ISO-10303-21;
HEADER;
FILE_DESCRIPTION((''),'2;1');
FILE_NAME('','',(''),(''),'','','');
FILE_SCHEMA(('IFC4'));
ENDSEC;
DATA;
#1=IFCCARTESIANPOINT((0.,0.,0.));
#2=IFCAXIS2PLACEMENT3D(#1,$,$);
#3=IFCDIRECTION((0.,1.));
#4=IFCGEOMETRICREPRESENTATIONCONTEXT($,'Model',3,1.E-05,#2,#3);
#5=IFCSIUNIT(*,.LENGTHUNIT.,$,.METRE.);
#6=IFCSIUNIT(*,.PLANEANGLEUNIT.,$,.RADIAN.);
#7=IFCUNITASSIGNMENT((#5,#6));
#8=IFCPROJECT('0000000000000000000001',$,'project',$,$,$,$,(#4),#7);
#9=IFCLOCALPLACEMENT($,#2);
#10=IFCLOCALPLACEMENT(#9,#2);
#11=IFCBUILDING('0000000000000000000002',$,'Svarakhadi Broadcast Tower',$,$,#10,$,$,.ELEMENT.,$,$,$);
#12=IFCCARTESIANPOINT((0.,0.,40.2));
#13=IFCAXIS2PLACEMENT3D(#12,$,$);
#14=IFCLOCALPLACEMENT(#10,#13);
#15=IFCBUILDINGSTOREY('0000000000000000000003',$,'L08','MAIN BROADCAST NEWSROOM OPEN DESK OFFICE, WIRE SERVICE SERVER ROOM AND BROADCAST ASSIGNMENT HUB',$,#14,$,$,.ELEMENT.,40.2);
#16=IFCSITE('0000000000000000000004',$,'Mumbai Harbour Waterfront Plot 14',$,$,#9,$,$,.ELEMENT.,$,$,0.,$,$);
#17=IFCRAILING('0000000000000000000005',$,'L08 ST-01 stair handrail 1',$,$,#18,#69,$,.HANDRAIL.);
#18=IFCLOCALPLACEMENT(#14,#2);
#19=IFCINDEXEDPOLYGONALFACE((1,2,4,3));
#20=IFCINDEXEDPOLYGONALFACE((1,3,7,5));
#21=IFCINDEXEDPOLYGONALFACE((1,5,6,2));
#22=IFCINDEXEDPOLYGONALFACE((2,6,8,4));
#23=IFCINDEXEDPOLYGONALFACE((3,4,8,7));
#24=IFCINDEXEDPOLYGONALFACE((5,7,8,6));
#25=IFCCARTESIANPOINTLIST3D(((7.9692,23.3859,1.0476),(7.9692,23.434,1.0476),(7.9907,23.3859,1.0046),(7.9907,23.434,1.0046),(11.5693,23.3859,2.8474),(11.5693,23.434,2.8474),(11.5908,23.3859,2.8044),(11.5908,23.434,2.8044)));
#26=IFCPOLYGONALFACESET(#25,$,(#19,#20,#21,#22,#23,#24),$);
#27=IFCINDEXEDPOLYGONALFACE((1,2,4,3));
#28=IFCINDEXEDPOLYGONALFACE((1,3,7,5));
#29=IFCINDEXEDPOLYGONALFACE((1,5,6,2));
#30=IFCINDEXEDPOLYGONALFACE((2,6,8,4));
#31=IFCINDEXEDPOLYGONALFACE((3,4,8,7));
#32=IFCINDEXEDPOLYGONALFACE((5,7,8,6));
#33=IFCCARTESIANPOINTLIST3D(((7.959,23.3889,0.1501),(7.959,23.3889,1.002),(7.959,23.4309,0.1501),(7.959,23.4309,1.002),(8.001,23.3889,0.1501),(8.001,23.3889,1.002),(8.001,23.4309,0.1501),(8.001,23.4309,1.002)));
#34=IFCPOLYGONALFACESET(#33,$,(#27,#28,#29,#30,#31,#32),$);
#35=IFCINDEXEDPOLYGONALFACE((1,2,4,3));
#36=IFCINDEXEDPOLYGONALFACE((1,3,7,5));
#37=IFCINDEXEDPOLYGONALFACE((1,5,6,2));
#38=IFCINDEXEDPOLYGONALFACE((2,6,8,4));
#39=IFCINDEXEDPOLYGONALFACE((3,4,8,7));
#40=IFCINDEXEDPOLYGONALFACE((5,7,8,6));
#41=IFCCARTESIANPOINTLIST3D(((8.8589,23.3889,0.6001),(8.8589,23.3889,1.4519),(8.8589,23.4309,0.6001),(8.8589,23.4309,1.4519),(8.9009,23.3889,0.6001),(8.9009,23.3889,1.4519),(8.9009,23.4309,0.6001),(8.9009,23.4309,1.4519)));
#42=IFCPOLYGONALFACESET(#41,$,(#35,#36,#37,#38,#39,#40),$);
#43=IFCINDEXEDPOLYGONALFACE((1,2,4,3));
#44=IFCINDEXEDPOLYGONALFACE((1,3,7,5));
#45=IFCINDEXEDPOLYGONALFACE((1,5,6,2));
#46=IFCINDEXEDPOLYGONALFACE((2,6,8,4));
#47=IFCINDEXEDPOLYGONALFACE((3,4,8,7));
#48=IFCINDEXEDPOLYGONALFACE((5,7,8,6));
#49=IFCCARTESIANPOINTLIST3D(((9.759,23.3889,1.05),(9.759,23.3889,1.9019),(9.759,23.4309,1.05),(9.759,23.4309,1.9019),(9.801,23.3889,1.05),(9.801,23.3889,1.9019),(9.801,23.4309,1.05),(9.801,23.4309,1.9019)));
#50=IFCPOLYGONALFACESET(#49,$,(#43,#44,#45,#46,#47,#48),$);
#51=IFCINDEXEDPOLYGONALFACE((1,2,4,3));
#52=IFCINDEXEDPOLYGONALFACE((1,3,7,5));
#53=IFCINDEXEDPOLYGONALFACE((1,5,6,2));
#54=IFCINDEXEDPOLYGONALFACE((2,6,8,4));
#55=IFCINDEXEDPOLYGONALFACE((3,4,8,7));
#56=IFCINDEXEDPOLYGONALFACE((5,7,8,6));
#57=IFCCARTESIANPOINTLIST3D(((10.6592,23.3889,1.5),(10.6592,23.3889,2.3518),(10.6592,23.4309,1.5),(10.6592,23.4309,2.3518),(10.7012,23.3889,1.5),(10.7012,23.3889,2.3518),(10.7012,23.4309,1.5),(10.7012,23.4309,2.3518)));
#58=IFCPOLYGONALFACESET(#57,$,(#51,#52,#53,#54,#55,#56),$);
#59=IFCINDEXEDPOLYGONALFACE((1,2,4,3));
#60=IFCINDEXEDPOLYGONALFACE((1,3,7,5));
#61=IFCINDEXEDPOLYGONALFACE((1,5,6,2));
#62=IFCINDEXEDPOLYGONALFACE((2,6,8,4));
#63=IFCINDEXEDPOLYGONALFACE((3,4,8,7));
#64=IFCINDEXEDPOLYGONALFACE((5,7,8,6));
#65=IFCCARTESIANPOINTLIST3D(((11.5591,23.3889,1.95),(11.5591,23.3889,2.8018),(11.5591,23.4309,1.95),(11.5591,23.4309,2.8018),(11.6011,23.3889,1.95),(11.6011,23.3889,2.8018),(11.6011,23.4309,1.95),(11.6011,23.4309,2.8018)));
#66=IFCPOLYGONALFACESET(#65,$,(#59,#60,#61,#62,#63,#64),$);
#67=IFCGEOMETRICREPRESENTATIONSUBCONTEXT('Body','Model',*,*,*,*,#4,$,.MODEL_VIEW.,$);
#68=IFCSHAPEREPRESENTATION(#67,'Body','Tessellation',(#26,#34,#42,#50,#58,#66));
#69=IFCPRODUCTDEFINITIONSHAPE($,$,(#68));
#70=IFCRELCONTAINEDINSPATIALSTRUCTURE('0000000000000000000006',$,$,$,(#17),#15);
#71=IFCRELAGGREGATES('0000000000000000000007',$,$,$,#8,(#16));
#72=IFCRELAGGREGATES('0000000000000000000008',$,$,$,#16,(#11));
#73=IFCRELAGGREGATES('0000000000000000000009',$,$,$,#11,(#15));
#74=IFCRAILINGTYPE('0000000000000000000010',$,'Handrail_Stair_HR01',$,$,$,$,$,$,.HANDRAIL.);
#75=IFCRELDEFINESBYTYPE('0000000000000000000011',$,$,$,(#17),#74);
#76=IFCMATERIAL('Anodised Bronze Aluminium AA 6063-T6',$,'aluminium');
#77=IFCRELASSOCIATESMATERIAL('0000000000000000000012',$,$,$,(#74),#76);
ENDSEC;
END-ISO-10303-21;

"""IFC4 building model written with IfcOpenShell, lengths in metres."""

from ifc_helpers import new_model, si_unit, direction, frame, origin, origin_2d, place, context, subcontext, project, spatial, rectangle, extrude, material, type_object, element, save


model = new_model("IFC4")

# Units and contexts
model_context = context("Model", 3, precision=1e-05, world=origin(), true_north=direction((0.0, 1.0)))
body_context = subcontext(model_context, "Body", "Model", "MODEL_VIEW")
ifc_project = project(units=[si_unit("LENGTHUNIT", "METRE"), si_unit("PLANEANGLEUNIT", "RADIAN")], contexts=[model_context])

# Site, building, storey
site_placement = place(None, origin())
site = spatial("IfcSite", under=ifc_project, at=site_placement, Name="Mumbai Harbour Waterfront Plot 14", CompositionType="ELEMENT", RefElevation=0.0)
building_placement = place(site_placement, origin())
building = spatial("IfcBuilding", under=site, at=building_placement, Name="Svarakhadi Broadcast Tower", CompositionType="ELEMENT")
storey_placement = place(building_placement, frame((0.0, 0.0, 40.2)))
storey = spatial("IfcBuildingStorey", under=building, at=storey_placement, Name="L08", Description="MAIN BROADCAST NEWSROOM OPEN DESK OFFICE, WIRE SERVICE SERVER ROOM AND BROADCAST ASSIGNMENT HUB", CompositionType="ELEMENT", Elevation=40.2)

# Railing
ifc_material_1 = material(Name="Anodised Bronze Aluminium AA 6063-T6", Category="aluminium")
railing_type = type_object("IfcRailingType", Name="Handrail_Stair_HR01", PredefinedType="HANDRAIL", material=ifc_material_1)
railing_placement = place(storey_placement, frame((7.98, 23.4099, 0.1501)))
element("IfcRailing", 1, at=railing_placement, inside=storey, type_object=railing_type, Name="L08 ST-01 stair handrail 1", PredefinedType="HANDRAIL", context=body_context, shape_type="SweptSolid", body=[
    extrude(rectangle(XDim=0.0481, YDim=0.0481, at=origin_2d()), frame((0.0, 0.0, 0.876), z_axis=(0.894451, 0.0, 0.447165), x_axis=(0.0, 1.0, 0.0)), (0.0, 0.0, 1.0), 4.0249),
    extrude(rectangle(XDim=0.042, YDim=0.042, at=origin_2d()), origin(), (0.0, 0.0, 1.0), 0.8518),
    extrude(rectangle(XDim=0.042, YDim=0.042, at=origin_2d()), frame((0.8999, 0.0, 0.45)), (0.0, 0.0, 1.0), 0.8518),
    extrude(rectangle(XDim=0.042, YDim=0.042, at=origin_2d()), frame((1.8, 0.0, 0.8999)), (0.0, 0.0, 1.0), 0.8518),
    extrude(rectangle(XDim=0.042, YDim=0.042, at=origin_2d()), frame((2.7002, 0.0, 1.3499)), (0.0, 0.0, 1.0), 0.8518),
    extrude(rectangle(XDim=0.042, YDim=0.042, at=origin_2d()), frame((3.6001, 0.0, 1.7998)), (0.0, 0.0, 1.0), 0.8518),
])

save(model, "model.ifc")
